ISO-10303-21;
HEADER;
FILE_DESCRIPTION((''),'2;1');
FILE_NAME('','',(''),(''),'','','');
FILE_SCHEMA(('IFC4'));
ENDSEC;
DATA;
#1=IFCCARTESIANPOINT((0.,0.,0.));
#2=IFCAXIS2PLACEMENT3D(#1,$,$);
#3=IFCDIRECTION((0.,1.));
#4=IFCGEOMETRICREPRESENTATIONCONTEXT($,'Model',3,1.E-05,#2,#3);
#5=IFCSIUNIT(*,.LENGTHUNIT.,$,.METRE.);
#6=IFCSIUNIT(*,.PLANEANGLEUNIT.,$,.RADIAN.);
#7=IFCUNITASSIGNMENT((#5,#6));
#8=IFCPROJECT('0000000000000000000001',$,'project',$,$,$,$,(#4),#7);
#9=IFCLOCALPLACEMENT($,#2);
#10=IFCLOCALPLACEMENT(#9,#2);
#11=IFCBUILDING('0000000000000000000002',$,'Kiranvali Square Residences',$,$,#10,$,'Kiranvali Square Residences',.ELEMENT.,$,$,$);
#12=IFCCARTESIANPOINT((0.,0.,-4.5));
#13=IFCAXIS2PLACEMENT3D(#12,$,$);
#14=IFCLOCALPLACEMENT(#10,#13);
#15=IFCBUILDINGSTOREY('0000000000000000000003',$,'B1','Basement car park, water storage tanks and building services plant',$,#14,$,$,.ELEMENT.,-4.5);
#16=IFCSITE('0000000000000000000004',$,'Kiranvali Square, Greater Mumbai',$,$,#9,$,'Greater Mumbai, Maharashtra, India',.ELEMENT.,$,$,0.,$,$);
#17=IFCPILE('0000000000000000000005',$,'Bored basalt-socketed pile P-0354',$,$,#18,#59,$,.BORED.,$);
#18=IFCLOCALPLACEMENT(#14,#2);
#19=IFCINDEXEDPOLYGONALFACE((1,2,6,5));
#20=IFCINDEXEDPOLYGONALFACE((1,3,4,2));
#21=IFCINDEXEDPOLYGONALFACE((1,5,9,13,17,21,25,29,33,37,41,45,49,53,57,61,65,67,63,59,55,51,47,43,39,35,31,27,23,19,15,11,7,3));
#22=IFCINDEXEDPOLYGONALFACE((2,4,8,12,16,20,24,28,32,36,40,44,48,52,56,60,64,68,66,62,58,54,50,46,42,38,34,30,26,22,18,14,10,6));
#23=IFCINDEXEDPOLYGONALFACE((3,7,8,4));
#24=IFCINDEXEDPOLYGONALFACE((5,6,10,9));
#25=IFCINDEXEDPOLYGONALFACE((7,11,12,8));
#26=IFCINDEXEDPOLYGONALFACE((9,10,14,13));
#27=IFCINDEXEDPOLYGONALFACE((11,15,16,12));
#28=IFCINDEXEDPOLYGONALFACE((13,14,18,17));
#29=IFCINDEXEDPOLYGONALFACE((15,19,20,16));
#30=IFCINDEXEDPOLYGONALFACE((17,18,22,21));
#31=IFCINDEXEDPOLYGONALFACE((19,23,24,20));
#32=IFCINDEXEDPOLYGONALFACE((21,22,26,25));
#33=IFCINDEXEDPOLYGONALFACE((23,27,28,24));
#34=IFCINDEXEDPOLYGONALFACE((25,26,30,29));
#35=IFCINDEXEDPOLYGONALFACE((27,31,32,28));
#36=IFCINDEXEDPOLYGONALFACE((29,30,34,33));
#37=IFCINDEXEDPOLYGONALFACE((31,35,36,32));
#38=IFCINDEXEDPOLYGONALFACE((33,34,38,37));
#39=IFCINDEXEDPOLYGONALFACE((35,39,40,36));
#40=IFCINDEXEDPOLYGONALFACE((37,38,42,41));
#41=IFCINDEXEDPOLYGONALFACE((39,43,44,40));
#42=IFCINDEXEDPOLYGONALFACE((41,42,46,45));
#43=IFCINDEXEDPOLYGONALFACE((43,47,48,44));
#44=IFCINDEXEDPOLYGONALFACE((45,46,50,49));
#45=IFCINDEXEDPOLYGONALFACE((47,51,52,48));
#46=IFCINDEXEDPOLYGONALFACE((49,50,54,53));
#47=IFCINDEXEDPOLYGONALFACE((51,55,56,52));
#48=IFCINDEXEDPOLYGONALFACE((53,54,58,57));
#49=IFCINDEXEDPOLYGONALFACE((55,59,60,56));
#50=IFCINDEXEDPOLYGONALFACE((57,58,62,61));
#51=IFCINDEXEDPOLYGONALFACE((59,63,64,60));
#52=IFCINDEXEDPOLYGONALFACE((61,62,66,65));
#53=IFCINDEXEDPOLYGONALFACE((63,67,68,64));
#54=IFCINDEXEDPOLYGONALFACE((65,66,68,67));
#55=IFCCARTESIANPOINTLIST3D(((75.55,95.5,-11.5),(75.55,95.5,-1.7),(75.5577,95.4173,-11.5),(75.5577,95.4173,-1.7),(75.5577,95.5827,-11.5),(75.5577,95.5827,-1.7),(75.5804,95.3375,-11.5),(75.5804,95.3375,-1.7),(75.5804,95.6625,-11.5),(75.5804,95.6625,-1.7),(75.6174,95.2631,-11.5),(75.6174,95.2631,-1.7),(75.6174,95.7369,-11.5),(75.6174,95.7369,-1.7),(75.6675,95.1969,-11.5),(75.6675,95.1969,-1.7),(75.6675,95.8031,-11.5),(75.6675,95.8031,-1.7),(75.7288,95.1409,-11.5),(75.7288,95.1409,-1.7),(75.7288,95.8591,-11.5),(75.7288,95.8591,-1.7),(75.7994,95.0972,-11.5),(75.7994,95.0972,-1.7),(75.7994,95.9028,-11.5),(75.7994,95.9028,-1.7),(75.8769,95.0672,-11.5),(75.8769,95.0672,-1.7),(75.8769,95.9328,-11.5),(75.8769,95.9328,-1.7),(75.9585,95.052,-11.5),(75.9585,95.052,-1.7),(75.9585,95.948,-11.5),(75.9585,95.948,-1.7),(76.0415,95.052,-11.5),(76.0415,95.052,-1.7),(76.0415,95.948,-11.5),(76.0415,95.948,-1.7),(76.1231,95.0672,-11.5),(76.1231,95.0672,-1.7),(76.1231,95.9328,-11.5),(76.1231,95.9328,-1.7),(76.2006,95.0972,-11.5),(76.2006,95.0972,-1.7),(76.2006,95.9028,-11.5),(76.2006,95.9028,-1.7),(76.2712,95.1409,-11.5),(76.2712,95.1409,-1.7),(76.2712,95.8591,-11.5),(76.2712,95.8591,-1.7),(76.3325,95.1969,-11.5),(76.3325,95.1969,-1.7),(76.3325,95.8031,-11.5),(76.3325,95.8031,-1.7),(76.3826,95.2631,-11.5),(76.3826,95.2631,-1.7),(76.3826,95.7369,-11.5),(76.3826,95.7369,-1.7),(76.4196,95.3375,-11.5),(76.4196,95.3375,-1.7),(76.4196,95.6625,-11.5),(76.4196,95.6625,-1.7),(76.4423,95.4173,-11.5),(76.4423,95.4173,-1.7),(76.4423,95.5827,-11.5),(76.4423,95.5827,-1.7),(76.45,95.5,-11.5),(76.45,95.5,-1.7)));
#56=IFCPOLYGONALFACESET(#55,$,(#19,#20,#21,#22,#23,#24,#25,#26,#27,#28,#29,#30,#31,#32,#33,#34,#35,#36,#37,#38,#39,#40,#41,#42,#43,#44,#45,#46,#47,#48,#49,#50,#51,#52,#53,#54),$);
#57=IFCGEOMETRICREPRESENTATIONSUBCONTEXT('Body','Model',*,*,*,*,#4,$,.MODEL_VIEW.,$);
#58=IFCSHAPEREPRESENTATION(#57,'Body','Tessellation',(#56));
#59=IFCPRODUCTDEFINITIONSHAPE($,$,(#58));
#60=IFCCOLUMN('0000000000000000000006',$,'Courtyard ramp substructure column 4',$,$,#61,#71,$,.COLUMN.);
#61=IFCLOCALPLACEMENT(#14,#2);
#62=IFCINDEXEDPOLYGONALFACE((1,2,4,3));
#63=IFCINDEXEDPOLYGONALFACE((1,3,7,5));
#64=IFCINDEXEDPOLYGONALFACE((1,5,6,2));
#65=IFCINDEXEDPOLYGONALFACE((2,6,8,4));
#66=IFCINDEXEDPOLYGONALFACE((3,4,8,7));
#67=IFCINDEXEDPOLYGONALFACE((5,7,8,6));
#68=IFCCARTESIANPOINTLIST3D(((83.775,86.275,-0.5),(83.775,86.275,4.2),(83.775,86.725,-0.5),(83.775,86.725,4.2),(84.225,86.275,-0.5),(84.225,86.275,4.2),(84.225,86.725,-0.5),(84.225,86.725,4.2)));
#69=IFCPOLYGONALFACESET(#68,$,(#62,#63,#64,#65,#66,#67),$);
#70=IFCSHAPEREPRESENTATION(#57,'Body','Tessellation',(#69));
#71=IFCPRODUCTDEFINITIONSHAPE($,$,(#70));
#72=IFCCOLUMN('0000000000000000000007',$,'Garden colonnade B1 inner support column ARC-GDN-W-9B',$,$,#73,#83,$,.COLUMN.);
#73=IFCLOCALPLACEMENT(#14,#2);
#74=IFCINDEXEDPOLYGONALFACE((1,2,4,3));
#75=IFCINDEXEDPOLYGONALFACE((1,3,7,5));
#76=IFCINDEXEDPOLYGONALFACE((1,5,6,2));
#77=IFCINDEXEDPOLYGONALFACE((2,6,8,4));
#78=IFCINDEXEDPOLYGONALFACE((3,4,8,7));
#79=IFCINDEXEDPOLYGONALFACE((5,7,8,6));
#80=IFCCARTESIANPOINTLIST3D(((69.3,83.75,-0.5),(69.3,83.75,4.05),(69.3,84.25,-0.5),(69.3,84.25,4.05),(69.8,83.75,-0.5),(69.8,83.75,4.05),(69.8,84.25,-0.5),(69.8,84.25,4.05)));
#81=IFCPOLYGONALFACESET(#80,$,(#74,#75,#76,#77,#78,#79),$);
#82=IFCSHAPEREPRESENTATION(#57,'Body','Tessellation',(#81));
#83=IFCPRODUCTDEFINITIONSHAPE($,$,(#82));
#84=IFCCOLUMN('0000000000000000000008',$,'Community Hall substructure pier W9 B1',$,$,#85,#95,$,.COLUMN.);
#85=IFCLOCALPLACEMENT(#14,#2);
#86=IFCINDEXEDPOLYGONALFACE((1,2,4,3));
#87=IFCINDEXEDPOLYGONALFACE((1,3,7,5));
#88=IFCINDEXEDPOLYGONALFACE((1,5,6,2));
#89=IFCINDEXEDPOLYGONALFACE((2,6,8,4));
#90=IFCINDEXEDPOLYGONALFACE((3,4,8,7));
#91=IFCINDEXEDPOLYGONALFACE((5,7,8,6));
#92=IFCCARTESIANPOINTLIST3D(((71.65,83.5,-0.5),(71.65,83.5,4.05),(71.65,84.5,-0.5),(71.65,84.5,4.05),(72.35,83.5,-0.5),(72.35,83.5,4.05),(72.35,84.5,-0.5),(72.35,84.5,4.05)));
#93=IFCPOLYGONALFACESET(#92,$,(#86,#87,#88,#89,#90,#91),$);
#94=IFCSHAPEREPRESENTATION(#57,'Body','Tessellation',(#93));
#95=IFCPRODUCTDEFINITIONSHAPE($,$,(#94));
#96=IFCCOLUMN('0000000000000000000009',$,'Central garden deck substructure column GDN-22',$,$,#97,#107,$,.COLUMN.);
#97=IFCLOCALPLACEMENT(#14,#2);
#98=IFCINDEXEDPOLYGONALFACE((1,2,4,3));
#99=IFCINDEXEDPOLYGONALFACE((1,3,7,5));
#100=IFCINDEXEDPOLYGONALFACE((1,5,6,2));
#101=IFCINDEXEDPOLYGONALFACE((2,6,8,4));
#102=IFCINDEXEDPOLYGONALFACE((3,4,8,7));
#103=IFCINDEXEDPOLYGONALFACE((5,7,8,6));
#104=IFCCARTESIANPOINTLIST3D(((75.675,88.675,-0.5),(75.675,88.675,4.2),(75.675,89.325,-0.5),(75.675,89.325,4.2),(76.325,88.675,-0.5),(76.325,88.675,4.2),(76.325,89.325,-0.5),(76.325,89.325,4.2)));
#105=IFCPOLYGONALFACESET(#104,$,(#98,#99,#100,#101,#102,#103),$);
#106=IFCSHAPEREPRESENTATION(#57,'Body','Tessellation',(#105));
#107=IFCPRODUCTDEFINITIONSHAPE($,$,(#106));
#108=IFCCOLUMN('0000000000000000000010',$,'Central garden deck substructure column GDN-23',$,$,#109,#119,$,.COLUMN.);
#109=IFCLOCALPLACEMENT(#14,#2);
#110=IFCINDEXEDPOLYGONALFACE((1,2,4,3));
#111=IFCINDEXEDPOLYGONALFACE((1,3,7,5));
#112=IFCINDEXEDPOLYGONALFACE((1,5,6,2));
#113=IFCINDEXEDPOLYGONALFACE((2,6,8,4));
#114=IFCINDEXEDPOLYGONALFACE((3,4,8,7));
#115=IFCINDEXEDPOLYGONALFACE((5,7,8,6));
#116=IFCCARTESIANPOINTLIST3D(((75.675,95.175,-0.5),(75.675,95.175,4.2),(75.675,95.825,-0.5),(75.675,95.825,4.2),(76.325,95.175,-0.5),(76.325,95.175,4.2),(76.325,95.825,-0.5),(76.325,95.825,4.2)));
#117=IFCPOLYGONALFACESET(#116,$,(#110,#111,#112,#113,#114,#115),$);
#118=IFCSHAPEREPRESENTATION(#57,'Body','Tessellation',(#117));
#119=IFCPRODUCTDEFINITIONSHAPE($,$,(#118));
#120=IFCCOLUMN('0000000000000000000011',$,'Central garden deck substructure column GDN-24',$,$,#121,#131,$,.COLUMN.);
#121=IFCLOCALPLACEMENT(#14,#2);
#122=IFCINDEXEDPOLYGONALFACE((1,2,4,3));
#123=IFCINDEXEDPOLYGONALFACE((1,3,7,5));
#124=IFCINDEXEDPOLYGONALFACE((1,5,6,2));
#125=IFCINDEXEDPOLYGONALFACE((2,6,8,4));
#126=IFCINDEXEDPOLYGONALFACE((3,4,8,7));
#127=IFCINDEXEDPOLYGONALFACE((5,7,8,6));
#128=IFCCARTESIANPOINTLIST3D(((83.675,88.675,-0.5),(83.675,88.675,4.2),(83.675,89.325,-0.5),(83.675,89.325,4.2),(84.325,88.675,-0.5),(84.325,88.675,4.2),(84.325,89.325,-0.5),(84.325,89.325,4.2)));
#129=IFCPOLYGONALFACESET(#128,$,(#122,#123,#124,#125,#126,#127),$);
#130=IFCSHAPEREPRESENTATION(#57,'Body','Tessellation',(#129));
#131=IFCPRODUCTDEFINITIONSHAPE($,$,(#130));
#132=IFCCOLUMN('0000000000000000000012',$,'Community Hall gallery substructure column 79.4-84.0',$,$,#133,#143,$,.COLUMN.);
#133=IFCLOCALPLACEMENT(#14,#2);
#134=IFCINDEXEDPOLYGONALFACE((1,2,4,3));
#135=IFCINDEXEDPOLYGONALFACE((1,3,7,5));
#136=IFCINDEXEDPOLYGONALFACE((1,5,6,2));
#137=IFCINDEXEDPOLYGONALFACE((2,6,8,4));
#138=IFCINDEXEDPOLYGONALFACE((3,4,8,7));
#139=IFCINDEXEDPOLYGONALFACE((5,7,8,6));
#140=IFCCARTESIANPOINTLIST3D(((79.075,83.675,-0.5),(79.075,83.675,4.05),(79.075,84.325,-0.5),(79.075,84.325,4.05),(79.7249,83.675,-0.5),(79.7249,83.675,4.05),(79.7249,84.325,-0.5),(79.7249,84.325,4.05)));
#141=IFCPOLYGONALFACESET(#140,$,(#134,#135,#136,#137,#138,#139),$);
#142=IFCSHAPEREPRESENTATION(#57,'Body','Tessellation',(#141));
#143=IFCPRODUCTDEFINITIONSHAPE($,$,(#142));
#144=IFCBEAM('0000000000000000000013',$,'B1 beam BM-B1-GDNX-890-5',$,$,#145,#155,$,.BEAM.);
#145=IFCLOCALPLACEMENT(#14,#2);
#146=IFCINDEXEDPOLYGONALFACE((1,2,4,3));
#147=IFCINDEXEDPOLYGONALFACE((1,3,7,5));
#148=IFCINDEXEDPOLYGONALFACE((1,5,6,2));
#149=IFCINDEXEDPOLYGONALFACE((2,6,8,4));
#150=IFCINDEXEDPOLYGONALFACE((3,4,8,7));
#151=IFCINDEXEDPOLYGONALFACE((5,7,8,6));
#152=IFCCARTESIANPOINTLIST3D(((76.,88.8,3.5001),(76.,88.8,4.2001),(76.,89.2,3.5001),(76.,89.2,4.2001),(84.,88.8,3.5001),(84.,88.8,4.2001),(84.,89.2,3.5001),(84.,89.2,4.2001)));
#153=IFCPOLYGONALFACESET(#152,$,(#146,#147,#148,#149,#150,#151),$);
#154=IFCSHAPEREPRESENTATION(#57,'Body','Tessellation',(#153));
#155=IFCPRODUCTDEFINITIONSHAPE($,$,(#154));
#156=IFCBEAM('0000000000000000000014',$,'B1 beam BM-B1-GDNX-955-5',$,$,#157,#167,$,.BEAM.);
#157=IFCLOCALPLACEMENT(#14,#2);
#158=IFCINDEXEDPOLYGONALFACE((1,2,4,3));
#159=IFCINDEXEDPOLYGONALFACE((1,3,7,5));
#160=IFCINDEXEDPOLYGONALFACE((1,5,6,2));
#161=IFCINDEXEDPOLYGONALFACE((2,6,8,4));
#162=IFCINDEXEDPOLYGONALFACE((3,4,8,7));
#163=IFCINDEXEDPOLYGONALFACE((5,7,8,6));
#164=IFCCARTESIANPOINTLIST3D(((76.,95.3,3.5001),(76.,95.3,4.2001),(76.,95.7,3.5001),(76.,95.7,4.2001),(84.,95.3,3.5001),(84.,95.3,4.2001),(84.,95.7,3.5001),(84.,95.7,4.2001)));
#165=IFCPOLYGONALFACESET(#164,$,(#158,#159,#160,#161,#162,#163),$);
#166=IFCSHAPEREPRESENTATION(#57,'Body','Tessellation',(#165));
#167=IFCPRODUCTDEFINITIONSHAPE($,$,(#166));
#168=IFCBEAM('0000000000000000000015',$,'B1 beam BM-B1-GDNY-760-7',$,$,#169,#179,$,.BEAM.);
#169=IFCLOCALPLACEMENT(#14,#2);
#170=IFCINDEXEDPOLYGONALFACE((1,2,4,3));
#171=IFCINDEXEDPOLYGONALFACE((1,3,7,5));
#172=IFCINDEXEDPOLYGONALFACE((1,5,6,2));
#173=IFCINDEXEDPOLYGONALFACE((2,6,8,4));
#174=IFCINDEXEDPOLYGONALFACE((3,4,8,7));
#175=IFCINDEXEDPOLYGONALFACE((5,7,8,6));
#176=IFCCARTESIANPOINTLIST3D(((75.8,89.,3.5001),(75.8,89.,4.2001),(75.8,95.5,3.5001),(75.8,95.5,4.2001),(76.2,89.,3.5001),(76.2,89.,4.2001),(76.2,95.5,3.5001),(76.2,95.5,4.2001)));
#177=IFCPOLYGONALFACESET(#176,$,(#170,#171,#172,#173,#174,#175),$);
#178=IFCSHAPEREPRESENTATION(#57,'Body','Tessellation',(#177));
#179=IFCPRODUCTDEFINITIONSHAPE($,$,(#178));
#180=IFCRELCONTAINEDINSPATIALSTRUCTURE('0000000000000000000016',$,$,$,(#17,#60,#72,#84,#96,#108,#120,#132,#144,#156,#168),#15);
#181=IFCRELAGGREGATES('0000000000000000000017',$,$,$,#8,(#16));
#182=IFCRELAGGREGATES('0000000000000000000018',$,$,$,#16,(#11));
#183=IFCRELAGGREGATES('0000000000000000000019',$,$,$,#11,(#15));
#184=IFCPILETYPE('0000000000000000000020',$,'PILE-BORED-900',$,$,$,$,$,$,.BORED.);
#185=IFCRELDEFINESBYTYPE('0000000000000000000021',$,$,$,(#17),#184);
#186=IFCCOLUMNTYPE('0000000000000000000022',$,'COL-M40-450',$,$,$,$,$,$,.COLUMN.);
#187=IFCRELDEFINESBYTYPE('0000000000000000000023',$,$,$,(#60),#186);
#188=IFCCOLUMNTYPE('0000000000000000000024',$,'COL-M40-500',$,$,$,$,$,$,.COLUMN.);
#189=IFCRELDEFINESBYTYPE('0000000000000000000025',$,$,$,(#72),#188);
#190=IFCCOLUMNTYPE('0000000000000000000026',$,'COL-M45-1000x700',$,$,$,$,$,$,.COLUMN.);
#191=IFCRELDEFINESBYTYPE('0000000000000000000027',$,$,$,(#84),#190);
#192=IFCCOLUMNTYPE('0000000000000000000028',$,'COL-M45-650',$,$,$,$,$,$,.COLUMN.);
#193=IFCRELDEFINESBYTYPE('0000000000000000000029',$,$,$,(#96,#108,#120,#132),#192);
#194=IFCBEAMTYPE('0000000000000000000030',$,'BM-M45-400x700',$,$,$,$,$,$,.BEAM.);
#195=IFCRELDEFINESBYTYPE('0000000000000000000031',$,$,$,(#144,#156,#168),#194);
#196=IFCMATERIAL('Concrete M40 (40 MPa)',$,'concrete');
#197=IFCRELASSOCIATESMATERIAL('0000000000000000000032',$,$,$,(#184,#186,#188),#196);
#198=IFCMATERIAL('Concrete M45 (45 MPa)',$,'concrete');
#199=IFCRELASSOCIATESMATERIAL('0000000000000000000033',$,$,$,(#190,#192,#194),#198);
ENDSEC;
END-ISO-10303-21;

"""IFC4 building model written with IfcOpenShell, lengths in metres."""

from ifc_helpers import new_model, si_unit, direction, frame, origin, origin_2d, place, context, subcontext, project, spatial, rectangle, circle, extrude, material, material_profile, profile_set, type_object, element, save


model = new_model("IFC4")

# Units and contexts
model_context = context("Model", 3, precision=1e-05, world=origin(), true_north=direction((0.0, 1.0)))
body_context = subcontext(model_context, "Body", "Model", "MODEL_VIEW")
ifc_project = project(units=[si_unit("LENGTHUNIT", "METRE"), si_unit("PLANEANGLEUNIT", "RADIAN")], contexts=[model_context])

# Site, building, storey
site_placement = place(None, origin())
site = spatial("IfcSite", under=ifc_project, at=site_placement, Name="Kiranvali Square, Greater Mumbai", LongName="Greater Mumbai, Maharashtra, India", CompositionType="ELEMENT", RefElevation=0.0)
building_placement = place(site_placement, origin())
building = spatial("IfcBuilding", under=site, at=building_placement, Name="Kiranvali Square Residences", LongName="Kiranvali Square Residences", CompositionType="ELEMENT")
storey_placement = place(building_placement, frame((0.0, 0.0, -4.5)))
storey = spatial("IfcBuildingStorey", under=building, at=storey_placement, Name="B1", Description="Basement car park, water storage tanks and building services plant", CompositionType="ELEMENT", Elevation=-4.5)

# Shared definitions
ifc_material_1 = material(Name="Concrete M40 (40 MPa)", Category="concrete")

# Pile
ifc_material_profile_1 = material_profile(ifc_material_1, circle(Radius=0.45, at=origin_2d()), Name="BORED PILE 900")
ifc_profile_set_1 = profile_set([ifc_material_profile_1], Name="Concrete M40 (40 MPa)")
pile_type_1 = type_object("IfcPileType", Name="PILE-BORED-900", PredefinedType="BORED", material=ifc_profile_set_1)
pile_1_placement = place(storey_placement, frame((76.0, 95.5, -1.7), z_axis=(0.0, 0.0, -1.0), x_axis=(1.0, 0.0, 0.0)))
element("IfcPile", 1, at=pile_1_placement, inside=storey, type_object=pile_type_1, Name="Bored basalt-socketed pile P-0354", PredefinedType="BORED", context=body_context, shape_type="SweptSolid", body=[
    extrude(circle(Radius=0.45, at=origin_2d()), origin(), (0.0, 0.0, 1.0), 9.8),
])

# Columns
ifc_material_profile_2 = material_profile(ifc_material_1, rectangle(XDim=0.45, YDim=0.45, at=origin_2d()), Name="RC 450x450")
ifc_profile_set_2 = profile_set([ifc_material_profile_2], Name="Concrete M40 (40 MPa)")
column_type_1 = type_object("IfcColumnType", Name="COL-M40-450", PredefinedType="COLUMN", material=ifc_profile_set_2)
column_1_placement = place(storey_placement, frame((84.0, 86.5, -0.5), z_axis=(0.0, 0.0, 1.0), x_axis=(1.0, 0.0, 0.0)))
element("IfcColumn", 2, at=column_1_placement, inside=storey, type_object=column_type_1, Name="Courtyard ramp substructure column 4", PredefinedType="COLUMN", context=body_context, shape_type="SweptSolid", body=[
    extrude(rectangle(XDim=0.45, YDim=0.45, at=origin_2d()), origin(), (0.0, 0.0, 1.0), 4.7),
])
ifc_material_profile_3 = material_profile(ifc_material_1, rectangle(XDim=0.5, YDim=0.5, at=origin_2d()), Name="RC 500x500")
ifc_profile_set_3 = profile_set([ifc_material_profile_3], Name="Concrete M40 (40 MPa)")
column_type_2 = type_object("IfcColumnType", Name="COL-M40-500", PredefinedType="COLUMN", material=ifc_profile_set_3)
column_2_placement = place(storey_placement, frame((69.55, 84.0, -0.5), z_axis=(0.0, 0.0, 1.0), x_axis=(1.0, 0.0, 0.0)))
element("IfcColumn", 3, at=column_2_placement, inside=storey, type_object=column_type_2, Name="Garden colonnade B1 inner support column ARC-GDN-W-9B", PredefinedType="COLUMN", context=body_context, shape_type="SweptSolid", body=[
    extrude(rectangle(XDim=0.5, YDim=0.5, at=origin_2d()), origin(), (0.0, 0.0, 1.0), 4.55),
])
ifc_material_2 = material(Name="Concrete M45 (45 MPa)", Category="concrete")
ifc_material_profile_4 = material_profile(ifc_material_2, rectangle(XDim=0.7, YDim=1.0, at=origin_2d()), Name="RC 1000x700")
ifc_profile_set_4 = profile_set([ifc_material_profile_4], Name="Concrete M45 (45 MPa)")
column_type_3 = type_object("IfcColumnType", Name="COL-M45-1000x700", PredefinedType="COLUMN", material=ifc_profile_set_4)
column_3_placement = place(storey_placement, frame((72.0, 84.0, -0.5), z_axis=(0.0, 0.0, 1.0), x_axis=(1.0, 0.0, 0.0)))
element("IfcColumn", 4, at=column_3_placement, inside=storey, type_object=column_type_3, Name="Community Hall substructure pier W9 B1", PredefinedType="COLUMN", context=body_context, shape_type="SweptSolid", body=[
    extrude(rectangle(XDim=0.7, YDim=1.0, at=origin_2d()), origin(), (0.0, 0.0, 1.0), 4.55),
])
ifc_material_profile_5 = material_profile(ifc_material_2, rectangle(XDim=0.6499, YDim=0.6499, at=origin_2d()), Name="RC 650x650")
ifc_profile_set_5 = profile_set([ifc_material_profile_5], Name="Concrete M45 (45 MPa)")
column_type_4 = type_object("IfcColumnType", Name="COL-M45-650", PredefinedType="COLUMN", material=ifc_profile_set_5)
for number, where, z_axis, x_axis, name in (
    (5, (76.0, 89.0, -0.5), (0.0, 0.0, 1.0), (1.0, 0.0, 0.0), "Central garden deck substructure column GDN-22"),
    (6, (76.0, 95.5, -0.5), (0.0, 0.0, 1.0), (1.0, 0.0, 0.0), "Central garden deck substructure column GDN-23"),
    (7, (84.0, 89.0, -0.5), (0.0, 0.0, 1.0), (1.0, 0.0, 0.0), "Central garden deck substructure column GDN-24"),
):
    element("IfcColumn", number, at=place(storey_placement, frame(where, z_axis=z_axis, x_axis=x_axis)), inside=storey, type_object=column_type_4, Name=name, PredefinedType="COLUMN", context=body_context, shape_type="SweptSolid", body=[
        extrude(rectangle(XDim=0.6499, YDim=0.6499, at=origin_2d()), origin(), (0.0, 0.0, 1.0), 4.7),
    ])
column_4_placement = place(storey_placement, frame((79.3999, 84.0, -0.5), z_axis=(0.0, 0.0, 1.0), x_axis=(1.0, 0.0, 0.0)))
element("IfcColumn", 8, at=column_4_placement, inside=storey, type_object=column_type_4, Name="Community Hall gallery substructure column 79.4-84.0", PredefinedType="COLUMN", context=body_context, shape_type="SweptSolid", body=[
    extrude(rectangle(XDim=0.6499, YDim=0.6499, at=origin_2d()), origin(), (0.0, 0.0, 1.0), 4.55),
])

# Beams
ifc_material_profile_6 = material_profile(ifc_material_2, rectangle(XDim=0.3999, YDim=0.7, at=origin_2d()), Name="RC 400x700")
ifc_profile_set_6 = profile_set([ifc_material_profile_6], Name="Concrete M45 (45 MPa)")
beam_type = type_object("IfcBeamType", Name="BM-M45-400x700", PredefinedType="BEAM", material=ifc_profile_set_6)
for number, where, z_axis, x_axis, name in (
    (9, (76.0, 89.0, 3.8501), (1.0, 0.0, 0.0), (0.0, 1.0, 0.0), "B1 beam BM-B1-GDNX-890-5"),
    (10, (76.0, 95.5, 3.8501), (1.0, 0.0, 0.0), (0.0, 1.0, 0.0), "B1 beam BM-B1-GDNX-955-5"),
):
    element("IfcBeam", number, at=place(storey_placement, frame(where, z_axis=z_axis, x_axis=x_axis)), inside=storey, type_object=beam_type, Name=name, PredefinedType="BEAM", context=body_context, shape_type="SweptSolid", body=[
        extrude(rectangle(XDim=0.3999, YDim=0.7, at=origin_2d()), origin(), (0.0, 0.0, 1.0), 8.0),
    ])
beam_placement = place(storey_placement, frame((76.0, 89.0, 3.8501), z_axis=(0.0, 1.0, 0.0), x_axis=(-1.0, 0.0, 0.0)))
element("IfcBeam", 11, at=beam_placement, inside=storey, type_object=beam_type, Name="B1 beam BM-B1-GDNY-760-7", PredefinedType="BEAM", context=body_context, shape_type="SweptSolid", body=[
    extrude(rectangle(XDim=0.3999, YDim=0.7, at=origin_2d()), origin(), (0.0, 0.0, 1.0), 6.5),
])

save(model, "model.ifc")
